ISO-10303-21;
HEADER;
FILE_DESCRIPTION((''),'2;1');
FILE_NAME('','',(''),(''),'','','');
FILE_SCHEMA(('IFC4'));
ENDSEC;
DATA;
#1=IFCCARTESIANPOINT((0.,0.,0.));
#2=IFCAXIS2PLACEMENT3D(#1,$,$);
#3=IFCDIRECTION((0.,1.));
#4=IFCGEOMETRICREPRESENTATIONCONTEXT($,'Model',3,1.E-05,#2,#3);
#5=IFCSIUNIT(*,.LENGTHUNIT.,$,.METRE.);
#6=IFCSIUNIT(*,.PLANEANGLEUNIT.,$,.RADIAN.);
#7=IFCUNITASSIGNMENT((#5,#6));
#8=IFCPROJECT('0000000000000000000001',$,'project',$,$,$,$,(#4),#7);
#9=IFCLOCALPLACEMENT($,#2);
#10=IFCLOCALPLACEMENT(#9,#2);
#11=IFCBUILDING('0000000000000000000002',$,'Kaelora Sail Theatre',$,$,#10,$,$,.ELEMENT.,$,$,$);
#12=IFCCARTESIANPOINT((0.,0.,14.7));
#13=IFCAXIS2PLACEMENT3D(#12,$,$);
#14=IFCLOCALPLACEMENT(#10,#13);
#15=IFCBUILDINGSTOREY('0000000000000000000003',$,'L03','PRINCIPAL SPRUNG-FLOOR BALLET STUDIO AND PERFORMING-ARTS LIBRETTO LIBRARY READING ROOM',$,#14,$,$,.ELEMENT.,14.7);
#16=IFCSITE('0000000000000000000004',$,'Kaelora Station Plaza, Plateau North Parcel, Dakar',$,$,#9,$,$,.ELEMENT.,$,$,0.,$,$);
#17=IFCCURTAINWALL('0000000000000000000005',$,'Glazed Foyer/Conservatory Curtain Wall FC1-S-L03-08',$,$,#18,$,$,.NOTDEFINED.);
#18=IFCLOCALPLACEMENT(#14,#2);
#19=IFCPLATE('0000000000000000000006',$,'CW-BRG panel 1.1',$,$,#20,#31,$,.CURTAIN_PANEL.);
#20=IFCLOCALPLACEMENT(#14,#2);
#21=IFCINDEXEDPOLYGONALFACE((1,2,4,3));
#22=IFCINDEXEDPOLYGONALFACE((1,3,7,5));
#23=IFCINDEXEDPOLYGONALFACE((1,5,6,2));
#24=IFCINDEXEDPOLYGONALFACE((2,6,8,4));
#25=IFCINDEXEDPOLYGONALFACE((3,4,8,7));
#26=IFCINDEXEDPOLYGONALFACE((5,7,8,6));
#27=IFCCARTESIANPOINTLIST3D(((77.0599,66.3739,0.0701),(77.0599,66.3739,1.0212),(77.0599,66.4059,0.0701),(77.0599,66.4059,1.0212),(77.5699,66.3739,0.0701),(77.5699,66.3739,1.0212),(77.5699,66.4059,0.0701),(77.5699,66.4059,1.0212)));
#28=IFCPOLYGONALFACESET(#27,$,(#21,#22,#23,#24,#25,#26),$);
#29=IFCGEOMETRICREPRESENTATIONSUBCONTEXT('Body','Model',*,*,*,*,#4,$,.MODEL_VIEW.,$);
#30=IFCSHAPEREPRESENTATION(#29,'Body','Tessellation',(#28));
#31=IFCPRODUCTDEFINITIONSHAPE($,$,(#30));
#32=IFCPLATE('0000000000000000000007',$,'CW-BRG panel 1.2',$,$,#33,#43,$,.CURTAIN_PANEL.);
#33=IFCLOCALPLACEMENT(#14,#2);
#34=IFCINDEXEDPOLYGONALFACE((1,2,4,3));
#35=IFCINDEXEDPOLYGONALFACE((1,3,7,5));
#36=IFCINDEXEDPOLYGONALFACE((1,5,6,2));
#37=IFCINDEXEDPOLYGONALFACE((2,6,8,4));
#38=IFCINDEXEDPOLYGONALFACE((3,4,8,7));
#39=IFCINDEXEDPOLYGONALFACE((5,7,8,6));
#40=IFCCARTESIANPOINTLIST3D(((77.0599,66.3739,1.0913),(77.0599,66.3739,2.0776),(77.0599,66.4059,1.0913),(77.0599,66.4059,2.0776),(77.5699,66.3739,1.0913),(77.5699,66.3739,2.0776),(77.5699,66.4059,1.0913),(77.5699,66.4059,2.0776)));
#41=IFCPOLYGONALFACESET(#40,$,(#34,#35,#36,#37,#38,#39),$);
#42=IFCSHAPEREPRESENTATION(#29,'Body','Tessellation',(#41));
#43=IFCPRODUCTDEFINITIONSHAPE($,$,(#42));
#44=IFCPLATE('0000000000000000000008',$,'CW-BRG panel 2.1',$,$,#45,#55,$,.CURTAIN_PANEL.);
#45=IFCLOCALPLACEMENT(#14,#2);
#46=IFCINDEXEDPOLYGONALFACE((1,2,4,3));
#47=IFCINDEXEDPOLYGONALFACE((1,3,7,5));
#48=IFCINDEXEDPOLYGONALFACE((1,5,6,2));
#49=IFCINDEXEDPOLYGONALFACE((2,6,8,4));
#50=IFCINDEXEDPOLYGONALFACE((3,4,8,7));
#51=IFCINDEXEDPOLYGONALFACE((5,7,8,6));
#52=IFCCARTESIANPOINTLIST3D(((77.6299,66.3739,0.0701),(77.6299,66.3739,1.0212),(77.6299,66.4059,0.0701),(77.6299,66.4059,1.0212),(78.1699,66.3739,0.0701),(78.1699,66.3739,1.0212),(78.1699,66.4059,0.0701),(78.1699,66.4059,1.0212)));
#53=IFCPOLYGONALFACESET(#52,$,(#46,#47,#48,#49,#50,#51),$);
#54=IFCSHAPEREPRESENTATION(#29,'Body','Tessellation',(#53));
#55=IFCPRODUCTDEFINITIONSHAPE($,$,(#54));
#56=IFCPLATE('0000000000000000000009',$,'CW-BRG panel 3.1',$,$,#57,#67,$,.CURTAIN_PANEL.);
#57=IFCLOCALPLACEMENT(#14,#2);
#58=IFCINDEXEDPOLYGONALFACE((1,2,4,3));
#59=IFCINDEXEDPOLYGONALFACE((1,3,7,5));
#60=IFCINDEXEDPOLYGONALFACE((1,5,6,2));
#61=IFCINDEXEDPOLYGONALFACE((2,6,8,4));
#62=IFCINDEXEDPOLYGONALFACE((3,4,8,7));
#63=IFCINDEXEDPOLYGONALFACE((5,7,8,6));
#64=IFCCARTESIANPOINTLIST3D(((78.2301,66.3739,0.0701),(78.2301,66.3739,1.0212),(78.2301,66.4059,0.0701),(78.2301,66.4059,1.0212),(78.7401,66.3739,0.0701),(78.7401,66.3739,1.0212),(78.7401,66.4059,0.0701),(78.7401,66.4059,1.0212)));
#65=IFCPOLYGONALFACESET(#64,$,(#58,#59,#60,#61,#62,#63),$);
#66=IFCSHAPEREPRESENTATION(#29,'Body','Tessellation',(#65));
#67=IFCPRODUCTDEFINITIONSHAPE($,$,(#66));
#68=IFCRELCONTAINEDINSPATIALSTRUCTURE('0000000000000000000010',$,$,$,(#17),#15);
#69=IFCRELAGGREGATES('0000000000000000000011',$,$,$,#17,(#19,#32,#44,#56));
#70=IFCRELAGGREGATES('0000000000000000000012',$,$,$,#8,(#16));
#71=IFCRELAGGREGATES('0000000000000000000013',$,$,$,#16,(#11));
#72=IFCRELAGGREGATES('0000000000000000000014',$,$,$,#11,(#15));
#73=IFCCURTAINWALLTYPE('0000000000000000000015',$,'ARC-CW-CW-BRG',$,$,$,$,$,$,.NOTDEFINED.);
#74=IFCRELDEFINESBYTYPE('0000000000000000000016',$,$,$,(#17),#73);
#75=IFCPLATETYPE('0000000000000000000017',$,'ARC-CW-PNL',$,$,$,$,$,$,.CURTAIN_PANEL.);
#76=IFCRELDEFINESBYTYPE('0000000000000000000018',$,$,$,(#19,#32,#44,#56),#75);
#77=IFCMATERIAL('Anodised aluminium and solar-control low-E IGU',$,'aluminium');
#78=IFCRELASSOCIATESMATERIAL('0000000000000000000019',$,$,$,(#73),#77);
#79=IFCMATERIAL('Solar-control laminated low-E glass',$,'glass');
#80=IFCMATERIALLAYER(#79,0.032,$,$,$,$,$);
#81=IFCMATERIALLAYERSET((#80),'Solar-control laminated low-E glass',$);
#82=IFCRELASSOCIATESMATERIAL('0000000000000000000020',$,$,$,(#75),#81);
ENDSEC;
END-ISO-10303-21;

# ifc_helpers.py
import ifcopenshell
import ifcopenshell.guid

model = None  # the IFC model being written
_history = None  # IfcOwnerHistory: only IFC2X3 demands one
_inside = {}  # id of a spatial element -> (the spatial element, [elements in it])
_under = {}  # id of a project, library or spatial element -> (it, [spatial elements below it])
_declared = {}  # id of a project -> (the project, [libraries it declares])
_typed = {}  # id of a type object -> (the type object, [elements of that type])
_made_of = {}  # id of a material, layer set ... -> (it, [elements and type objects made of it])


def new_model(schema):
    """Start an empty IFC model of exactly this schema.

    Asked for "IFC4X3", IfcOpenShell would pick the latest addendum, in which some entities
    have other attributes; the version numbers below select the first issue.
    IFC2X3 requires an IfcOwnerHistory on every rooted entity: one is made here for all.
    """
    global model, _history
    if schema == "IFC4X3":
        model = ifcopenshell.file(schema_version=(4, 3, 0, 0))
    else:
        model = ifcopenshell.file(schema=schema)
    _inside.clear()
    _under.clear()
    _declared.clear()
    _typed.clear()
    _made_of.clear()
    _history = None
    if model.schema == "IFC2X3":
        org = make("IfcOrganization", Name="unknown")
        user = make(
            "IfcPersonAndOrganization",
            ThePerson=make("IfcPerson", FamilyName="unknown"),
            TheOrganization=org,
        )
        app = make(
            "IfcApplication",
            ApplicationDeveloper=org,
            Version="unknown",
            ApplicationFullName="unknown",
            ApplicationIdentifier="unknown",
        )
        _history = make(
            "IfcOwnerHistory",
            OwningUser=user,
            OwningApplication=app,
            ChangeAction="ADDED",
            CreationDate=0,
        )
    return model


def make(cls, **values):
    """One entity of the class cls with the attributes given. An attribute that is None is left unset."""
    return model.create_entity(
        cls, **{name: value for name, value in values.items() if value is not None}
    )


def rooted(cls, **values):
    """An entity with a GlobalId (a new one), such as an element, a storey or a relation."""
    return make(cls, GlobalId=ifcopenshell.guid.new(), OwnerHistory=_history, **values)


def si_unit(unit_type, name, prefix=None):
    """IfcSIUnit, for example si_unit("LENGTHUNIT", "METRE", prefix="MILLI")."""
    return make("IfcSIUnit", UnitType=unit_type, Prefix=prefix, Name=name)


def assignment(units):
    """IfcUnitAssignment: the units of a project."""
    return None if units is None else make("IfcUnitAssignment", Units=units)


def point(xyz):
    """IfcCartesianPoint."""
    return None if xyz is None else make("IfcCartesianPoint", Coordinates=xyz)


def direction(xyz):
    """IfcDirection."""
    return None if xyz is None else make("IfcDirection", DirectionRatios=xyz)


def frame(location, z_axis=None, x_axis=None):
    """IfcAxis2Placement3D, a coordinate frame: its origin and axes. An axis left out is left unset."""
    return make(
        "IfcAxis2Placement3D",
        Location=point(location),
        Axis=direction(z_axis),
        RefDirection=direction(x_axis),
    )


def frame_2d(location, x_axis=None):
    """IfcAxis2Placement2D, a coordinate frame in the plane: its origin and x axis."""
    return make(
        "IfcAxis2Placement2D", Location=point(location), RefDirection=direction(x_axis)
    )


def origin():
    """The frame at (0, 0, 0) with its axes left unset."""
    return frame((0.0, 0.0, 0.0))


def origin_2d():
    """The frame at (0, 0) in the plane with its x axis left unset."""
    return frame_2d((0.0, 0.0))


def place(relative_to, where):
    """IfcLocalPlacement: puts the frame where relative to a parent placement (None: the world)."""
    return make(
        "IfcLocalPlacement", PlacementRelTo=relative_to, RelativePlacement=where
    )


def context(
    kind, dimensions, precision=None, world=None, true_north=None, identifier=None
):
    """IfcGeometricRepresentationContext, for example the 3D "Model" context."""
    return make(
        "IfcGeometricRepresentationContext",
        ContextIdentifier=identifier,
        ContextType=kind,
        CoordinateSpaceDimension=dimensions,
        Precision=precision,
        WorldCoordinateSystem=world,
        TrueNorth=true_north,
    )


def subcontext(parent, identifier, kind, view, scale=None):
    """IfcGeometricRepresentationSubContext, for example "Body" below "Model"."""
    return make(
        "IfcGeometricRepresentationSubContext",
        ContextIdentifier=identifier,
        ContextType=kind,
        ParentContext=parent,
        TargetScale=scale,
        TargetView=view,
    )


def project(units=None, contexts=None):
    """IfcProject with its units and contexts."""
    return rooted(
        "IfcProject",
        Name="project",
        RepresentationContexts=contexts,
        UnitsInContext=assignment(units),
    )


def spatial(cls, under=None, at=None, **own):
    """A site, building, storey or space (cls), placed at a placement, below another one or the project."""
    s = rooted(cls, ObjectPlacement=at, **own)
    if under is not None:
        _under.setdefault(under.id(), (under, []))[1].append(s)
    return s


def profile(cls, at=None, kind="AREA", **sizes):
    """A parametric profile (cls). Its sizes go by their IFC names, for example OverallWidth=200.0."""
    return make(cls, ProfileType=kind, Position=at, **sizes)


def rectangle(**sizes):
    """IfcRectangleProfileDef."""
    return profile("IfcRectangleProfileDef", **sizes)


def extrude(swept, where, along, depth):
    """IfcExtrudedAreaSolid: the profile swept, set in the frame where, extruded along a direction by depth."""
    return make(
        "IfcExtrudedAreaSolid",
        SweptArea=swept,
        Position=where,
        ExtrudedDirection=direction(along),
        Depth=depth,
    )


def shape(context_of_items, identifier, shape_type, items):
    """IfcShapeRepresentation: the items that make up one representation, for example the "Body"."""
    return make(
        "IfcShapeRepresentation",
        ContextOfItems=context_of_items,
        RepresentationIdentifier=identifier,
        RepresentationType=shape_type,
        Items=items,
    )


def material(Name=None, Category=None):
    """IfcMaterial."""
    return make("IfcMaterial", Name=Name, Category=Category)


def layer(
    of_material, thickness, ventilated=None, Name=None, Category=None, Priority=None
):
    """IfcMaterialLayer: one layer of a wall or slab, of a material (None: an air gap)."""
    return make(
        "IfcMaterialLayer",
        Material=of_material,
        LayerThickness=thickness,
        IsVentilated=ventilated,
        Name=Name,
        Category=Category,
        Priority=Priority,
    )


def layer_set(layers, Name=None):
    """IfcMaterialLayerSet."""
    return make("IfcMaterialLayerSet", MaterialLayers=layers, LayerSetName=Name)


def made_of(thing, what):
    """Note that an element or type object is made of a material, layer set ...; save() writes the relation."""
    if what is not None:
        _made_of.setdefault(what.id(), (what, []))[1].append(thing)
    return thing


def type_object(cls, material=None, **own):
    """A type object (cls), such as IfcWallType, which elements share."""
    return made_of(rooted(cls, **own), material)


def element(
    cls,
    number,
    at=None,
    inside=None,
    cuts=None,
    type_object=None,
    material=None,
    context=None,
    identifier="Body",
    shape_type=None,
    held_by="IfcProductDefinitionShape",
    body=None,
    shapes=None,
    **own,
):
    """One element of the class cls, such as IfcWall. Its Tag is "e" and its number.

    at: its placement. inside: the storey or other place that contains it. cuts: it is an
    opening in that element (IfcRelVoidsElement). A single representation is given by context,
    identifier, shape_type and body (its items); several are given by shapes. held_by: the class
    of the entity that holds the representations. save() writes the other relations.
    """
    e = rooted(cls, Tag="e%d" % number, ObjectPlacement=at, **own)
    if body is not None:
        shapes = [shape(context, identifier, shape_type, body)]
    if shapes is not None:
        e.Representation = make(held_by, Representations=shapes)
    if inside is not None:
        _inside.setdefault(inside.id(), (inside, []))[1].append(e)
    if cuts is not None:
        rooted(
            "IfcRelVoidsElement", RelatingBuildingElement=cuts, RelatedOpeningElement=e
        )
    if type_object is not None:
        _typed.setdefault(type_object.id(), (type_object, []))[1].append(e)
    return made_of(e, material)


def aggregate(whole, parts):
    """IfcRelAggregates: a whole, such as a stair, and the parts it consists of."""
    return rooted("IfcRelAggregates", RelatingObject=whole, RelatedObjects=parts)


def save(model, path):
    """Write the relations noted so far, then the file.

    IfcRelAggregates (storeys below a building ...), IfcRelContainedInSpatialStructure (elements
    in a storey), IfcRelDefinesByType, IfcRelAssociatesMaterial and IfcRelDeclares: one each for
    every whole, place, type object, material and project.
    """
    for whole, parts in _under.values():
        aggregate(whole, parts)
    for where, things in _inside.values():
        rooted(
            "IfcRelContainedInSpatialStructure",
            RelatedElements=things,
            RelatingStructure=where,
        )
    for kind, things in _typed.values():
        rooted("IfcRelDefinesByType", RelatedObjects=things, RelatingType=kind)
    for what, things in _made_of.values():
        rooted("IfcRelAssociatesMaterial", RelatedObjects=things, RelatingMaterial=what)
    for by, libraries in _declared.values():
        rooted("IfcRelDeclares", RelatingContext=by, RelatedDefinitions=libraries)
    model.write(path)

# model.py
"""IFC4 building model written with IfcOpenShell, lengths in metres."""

from ifc_helpers import new_model, si_unit, direction, frame, origin, origin_2d, place, context, subcontext, project, spatial, rectangle, extrude, material, layer, layer_set, type_object, element, aggregate, save


model = new_model("IFC4")

# Units and contexts
model_context = context("Model", 3, precision=1e-05, world=origin(), true_north=direction((0.0, 1.0)))
body_context = subcontext(model_context, "Body", "Model", "MODEL_VIEW")
ifc_project = project(units=[si_unit("LENGTHUNIT", "METRE"), si_unit("PLANEANGLEUNIT", "RADIAN")], contexts=[model_context])

# Site, building, storey
site_placement = place(None, origin())
site = spatial("IfcSite", under=ifc_project, at=site_placement, Name="Kaelora Station Plaza, Plateau North Parcel, Dakar", CompositionType="ELEMENT", RefElevation=0.0)
building_placement = place(site_placement, origin())
building = spatial("IfcBuilding", under=site, at=building_placement, Name="Kaelora Sail Theatre", CompositionType="ELEMENT")
storey_placement = place(building_placement, frame((0.0, 0.0, 14.7)))
storey = spatial("IfcBuildingStorey", under=building, at=storey_placement, Name="L03", Description="PRINCIPAL SPRUNG-FLOOR BALLET STUDIO AND PERFORMING-ARTS LIBRETTO LIBRARY READING ROOM", CompositionType="ELEMENT", Elevation=14.7)

# Curtain wall
ifc_material_1 = material(Name="Anodised aluminium and solar-control low-E IGU", Category="aluminium")
curtain_wall_type = type_object("IfcCurtainWallType", Name="ARC-CW-CW-BRG", PredefinedType="NOTDEFINED", material=ifc_material_1)
curtain_wall_1_placement = place(storey_placement, origin())
curtain_wall_1 = element("IfcCurtainWall", 1, at=curtain_wall_1_placement, inside=storey, type_object=curtain_wall_type, Name="Glazed Foyer/Conservatory Curtain Wall FC1-S-L03-08", PredefinedType="NOTDEFINED")

# Plates
ifc_material_2 = material(Name="Solar-control laminated low-E glass", Category="glass")
ifc_layer = layer(ifc_material_2, 0.032)
ifc_layer_set = layer_set([ifc_layer], Name="Solar-control laminated low-E glass")
plate_type = type_object("IfcPlateType", Name="ARC-CW-PNL", PredefinedType="CURTAIN_PANEL", material=ifc_layer_set)
plate_1_placement = place(storey_placement, frame((77.3149, 66.3899, 0.0701), z_axis=(0.0, 0.0, 1.0), x_axis=(1.0, 0.0, 0.0)))
plate_1 = element("IfcPlate", 2, at=plate_1_placement, type_object=plate_type, Name="CW-BRG panel 1.1", PredefinedType="CURTAIN_PANEL", context=body_context, shape_type="SweptSolid", body=[
    extrude(rectangle(XDim=0.51, YDim=0.032, at=origin_2d()), origin(), (0.0, 0.0, 1.0), 0.9512),
])
plate_2_placement = place(storey_placement, frame((77.3149, 66.3899, 1.0913), z_axis=(0.0, 0.0, 1.0), x_axis=(1.0, 0.0, 0.0)))
plate_2 = element("IfcPlate", 3, at=plate_2_placement, type_object=plate_type, Name="CW-BRG panel 1.2", PredefinedType="CURTAIN_PANEL", context=body_context, shape_type="SweptSolid", body=[
    extrude(rectangle(XDim=0.51, YDim=0.032, at=origin_2d()), origin(), (0.0, 0.0, 1.0), 0.9863),
])
plate_3_placement = place(storey_placement, frame((77.8999, 66.3899, 0.0701), z_axis=(0.0, 0.0, 1.0), x_axis=(1.0, 0.0, 0.0)))
plate_3 = element("IfcPlate", 4, at=plate_3_placement, type_object=plate_type, Name="CW-BRG panel 2.1", PredefinedType="CURTAIN_PANEL", context=body_context, shape_type="SweptSolid", body=[
    extrude(rectangle(XDim=0.54, YDim=0.032, at=origin_2d()), origin(), (0.0, 0.0, 1.0), 0.9512),
])
plate_4_placement = place(storey_placement, frame((78.4851, 66.3899, 0.0701), z_axis=(0.0, 0.0, 1.0), x_axis=(1.0, 0.0, 0.0)))
plate_4 = element("IfcPlate", 5, at=plate_4_placement, type_object=plate_type, Name="CW-BRG panel 3.1", PredefinedType="CURTAIN_PANEL", context=body_context, shape_type="SweptSolid", body=[
    extrude(rectangle(XDim=0.51, YDim=0.032, at=origin_2d()), origin(), (0.0, 0.0, 1.0), 0.9512),
])
aggregate(curtain_wall_1, [plate_1, plate_2, plate_3, plate_4])

save(model, "model.ifc")
